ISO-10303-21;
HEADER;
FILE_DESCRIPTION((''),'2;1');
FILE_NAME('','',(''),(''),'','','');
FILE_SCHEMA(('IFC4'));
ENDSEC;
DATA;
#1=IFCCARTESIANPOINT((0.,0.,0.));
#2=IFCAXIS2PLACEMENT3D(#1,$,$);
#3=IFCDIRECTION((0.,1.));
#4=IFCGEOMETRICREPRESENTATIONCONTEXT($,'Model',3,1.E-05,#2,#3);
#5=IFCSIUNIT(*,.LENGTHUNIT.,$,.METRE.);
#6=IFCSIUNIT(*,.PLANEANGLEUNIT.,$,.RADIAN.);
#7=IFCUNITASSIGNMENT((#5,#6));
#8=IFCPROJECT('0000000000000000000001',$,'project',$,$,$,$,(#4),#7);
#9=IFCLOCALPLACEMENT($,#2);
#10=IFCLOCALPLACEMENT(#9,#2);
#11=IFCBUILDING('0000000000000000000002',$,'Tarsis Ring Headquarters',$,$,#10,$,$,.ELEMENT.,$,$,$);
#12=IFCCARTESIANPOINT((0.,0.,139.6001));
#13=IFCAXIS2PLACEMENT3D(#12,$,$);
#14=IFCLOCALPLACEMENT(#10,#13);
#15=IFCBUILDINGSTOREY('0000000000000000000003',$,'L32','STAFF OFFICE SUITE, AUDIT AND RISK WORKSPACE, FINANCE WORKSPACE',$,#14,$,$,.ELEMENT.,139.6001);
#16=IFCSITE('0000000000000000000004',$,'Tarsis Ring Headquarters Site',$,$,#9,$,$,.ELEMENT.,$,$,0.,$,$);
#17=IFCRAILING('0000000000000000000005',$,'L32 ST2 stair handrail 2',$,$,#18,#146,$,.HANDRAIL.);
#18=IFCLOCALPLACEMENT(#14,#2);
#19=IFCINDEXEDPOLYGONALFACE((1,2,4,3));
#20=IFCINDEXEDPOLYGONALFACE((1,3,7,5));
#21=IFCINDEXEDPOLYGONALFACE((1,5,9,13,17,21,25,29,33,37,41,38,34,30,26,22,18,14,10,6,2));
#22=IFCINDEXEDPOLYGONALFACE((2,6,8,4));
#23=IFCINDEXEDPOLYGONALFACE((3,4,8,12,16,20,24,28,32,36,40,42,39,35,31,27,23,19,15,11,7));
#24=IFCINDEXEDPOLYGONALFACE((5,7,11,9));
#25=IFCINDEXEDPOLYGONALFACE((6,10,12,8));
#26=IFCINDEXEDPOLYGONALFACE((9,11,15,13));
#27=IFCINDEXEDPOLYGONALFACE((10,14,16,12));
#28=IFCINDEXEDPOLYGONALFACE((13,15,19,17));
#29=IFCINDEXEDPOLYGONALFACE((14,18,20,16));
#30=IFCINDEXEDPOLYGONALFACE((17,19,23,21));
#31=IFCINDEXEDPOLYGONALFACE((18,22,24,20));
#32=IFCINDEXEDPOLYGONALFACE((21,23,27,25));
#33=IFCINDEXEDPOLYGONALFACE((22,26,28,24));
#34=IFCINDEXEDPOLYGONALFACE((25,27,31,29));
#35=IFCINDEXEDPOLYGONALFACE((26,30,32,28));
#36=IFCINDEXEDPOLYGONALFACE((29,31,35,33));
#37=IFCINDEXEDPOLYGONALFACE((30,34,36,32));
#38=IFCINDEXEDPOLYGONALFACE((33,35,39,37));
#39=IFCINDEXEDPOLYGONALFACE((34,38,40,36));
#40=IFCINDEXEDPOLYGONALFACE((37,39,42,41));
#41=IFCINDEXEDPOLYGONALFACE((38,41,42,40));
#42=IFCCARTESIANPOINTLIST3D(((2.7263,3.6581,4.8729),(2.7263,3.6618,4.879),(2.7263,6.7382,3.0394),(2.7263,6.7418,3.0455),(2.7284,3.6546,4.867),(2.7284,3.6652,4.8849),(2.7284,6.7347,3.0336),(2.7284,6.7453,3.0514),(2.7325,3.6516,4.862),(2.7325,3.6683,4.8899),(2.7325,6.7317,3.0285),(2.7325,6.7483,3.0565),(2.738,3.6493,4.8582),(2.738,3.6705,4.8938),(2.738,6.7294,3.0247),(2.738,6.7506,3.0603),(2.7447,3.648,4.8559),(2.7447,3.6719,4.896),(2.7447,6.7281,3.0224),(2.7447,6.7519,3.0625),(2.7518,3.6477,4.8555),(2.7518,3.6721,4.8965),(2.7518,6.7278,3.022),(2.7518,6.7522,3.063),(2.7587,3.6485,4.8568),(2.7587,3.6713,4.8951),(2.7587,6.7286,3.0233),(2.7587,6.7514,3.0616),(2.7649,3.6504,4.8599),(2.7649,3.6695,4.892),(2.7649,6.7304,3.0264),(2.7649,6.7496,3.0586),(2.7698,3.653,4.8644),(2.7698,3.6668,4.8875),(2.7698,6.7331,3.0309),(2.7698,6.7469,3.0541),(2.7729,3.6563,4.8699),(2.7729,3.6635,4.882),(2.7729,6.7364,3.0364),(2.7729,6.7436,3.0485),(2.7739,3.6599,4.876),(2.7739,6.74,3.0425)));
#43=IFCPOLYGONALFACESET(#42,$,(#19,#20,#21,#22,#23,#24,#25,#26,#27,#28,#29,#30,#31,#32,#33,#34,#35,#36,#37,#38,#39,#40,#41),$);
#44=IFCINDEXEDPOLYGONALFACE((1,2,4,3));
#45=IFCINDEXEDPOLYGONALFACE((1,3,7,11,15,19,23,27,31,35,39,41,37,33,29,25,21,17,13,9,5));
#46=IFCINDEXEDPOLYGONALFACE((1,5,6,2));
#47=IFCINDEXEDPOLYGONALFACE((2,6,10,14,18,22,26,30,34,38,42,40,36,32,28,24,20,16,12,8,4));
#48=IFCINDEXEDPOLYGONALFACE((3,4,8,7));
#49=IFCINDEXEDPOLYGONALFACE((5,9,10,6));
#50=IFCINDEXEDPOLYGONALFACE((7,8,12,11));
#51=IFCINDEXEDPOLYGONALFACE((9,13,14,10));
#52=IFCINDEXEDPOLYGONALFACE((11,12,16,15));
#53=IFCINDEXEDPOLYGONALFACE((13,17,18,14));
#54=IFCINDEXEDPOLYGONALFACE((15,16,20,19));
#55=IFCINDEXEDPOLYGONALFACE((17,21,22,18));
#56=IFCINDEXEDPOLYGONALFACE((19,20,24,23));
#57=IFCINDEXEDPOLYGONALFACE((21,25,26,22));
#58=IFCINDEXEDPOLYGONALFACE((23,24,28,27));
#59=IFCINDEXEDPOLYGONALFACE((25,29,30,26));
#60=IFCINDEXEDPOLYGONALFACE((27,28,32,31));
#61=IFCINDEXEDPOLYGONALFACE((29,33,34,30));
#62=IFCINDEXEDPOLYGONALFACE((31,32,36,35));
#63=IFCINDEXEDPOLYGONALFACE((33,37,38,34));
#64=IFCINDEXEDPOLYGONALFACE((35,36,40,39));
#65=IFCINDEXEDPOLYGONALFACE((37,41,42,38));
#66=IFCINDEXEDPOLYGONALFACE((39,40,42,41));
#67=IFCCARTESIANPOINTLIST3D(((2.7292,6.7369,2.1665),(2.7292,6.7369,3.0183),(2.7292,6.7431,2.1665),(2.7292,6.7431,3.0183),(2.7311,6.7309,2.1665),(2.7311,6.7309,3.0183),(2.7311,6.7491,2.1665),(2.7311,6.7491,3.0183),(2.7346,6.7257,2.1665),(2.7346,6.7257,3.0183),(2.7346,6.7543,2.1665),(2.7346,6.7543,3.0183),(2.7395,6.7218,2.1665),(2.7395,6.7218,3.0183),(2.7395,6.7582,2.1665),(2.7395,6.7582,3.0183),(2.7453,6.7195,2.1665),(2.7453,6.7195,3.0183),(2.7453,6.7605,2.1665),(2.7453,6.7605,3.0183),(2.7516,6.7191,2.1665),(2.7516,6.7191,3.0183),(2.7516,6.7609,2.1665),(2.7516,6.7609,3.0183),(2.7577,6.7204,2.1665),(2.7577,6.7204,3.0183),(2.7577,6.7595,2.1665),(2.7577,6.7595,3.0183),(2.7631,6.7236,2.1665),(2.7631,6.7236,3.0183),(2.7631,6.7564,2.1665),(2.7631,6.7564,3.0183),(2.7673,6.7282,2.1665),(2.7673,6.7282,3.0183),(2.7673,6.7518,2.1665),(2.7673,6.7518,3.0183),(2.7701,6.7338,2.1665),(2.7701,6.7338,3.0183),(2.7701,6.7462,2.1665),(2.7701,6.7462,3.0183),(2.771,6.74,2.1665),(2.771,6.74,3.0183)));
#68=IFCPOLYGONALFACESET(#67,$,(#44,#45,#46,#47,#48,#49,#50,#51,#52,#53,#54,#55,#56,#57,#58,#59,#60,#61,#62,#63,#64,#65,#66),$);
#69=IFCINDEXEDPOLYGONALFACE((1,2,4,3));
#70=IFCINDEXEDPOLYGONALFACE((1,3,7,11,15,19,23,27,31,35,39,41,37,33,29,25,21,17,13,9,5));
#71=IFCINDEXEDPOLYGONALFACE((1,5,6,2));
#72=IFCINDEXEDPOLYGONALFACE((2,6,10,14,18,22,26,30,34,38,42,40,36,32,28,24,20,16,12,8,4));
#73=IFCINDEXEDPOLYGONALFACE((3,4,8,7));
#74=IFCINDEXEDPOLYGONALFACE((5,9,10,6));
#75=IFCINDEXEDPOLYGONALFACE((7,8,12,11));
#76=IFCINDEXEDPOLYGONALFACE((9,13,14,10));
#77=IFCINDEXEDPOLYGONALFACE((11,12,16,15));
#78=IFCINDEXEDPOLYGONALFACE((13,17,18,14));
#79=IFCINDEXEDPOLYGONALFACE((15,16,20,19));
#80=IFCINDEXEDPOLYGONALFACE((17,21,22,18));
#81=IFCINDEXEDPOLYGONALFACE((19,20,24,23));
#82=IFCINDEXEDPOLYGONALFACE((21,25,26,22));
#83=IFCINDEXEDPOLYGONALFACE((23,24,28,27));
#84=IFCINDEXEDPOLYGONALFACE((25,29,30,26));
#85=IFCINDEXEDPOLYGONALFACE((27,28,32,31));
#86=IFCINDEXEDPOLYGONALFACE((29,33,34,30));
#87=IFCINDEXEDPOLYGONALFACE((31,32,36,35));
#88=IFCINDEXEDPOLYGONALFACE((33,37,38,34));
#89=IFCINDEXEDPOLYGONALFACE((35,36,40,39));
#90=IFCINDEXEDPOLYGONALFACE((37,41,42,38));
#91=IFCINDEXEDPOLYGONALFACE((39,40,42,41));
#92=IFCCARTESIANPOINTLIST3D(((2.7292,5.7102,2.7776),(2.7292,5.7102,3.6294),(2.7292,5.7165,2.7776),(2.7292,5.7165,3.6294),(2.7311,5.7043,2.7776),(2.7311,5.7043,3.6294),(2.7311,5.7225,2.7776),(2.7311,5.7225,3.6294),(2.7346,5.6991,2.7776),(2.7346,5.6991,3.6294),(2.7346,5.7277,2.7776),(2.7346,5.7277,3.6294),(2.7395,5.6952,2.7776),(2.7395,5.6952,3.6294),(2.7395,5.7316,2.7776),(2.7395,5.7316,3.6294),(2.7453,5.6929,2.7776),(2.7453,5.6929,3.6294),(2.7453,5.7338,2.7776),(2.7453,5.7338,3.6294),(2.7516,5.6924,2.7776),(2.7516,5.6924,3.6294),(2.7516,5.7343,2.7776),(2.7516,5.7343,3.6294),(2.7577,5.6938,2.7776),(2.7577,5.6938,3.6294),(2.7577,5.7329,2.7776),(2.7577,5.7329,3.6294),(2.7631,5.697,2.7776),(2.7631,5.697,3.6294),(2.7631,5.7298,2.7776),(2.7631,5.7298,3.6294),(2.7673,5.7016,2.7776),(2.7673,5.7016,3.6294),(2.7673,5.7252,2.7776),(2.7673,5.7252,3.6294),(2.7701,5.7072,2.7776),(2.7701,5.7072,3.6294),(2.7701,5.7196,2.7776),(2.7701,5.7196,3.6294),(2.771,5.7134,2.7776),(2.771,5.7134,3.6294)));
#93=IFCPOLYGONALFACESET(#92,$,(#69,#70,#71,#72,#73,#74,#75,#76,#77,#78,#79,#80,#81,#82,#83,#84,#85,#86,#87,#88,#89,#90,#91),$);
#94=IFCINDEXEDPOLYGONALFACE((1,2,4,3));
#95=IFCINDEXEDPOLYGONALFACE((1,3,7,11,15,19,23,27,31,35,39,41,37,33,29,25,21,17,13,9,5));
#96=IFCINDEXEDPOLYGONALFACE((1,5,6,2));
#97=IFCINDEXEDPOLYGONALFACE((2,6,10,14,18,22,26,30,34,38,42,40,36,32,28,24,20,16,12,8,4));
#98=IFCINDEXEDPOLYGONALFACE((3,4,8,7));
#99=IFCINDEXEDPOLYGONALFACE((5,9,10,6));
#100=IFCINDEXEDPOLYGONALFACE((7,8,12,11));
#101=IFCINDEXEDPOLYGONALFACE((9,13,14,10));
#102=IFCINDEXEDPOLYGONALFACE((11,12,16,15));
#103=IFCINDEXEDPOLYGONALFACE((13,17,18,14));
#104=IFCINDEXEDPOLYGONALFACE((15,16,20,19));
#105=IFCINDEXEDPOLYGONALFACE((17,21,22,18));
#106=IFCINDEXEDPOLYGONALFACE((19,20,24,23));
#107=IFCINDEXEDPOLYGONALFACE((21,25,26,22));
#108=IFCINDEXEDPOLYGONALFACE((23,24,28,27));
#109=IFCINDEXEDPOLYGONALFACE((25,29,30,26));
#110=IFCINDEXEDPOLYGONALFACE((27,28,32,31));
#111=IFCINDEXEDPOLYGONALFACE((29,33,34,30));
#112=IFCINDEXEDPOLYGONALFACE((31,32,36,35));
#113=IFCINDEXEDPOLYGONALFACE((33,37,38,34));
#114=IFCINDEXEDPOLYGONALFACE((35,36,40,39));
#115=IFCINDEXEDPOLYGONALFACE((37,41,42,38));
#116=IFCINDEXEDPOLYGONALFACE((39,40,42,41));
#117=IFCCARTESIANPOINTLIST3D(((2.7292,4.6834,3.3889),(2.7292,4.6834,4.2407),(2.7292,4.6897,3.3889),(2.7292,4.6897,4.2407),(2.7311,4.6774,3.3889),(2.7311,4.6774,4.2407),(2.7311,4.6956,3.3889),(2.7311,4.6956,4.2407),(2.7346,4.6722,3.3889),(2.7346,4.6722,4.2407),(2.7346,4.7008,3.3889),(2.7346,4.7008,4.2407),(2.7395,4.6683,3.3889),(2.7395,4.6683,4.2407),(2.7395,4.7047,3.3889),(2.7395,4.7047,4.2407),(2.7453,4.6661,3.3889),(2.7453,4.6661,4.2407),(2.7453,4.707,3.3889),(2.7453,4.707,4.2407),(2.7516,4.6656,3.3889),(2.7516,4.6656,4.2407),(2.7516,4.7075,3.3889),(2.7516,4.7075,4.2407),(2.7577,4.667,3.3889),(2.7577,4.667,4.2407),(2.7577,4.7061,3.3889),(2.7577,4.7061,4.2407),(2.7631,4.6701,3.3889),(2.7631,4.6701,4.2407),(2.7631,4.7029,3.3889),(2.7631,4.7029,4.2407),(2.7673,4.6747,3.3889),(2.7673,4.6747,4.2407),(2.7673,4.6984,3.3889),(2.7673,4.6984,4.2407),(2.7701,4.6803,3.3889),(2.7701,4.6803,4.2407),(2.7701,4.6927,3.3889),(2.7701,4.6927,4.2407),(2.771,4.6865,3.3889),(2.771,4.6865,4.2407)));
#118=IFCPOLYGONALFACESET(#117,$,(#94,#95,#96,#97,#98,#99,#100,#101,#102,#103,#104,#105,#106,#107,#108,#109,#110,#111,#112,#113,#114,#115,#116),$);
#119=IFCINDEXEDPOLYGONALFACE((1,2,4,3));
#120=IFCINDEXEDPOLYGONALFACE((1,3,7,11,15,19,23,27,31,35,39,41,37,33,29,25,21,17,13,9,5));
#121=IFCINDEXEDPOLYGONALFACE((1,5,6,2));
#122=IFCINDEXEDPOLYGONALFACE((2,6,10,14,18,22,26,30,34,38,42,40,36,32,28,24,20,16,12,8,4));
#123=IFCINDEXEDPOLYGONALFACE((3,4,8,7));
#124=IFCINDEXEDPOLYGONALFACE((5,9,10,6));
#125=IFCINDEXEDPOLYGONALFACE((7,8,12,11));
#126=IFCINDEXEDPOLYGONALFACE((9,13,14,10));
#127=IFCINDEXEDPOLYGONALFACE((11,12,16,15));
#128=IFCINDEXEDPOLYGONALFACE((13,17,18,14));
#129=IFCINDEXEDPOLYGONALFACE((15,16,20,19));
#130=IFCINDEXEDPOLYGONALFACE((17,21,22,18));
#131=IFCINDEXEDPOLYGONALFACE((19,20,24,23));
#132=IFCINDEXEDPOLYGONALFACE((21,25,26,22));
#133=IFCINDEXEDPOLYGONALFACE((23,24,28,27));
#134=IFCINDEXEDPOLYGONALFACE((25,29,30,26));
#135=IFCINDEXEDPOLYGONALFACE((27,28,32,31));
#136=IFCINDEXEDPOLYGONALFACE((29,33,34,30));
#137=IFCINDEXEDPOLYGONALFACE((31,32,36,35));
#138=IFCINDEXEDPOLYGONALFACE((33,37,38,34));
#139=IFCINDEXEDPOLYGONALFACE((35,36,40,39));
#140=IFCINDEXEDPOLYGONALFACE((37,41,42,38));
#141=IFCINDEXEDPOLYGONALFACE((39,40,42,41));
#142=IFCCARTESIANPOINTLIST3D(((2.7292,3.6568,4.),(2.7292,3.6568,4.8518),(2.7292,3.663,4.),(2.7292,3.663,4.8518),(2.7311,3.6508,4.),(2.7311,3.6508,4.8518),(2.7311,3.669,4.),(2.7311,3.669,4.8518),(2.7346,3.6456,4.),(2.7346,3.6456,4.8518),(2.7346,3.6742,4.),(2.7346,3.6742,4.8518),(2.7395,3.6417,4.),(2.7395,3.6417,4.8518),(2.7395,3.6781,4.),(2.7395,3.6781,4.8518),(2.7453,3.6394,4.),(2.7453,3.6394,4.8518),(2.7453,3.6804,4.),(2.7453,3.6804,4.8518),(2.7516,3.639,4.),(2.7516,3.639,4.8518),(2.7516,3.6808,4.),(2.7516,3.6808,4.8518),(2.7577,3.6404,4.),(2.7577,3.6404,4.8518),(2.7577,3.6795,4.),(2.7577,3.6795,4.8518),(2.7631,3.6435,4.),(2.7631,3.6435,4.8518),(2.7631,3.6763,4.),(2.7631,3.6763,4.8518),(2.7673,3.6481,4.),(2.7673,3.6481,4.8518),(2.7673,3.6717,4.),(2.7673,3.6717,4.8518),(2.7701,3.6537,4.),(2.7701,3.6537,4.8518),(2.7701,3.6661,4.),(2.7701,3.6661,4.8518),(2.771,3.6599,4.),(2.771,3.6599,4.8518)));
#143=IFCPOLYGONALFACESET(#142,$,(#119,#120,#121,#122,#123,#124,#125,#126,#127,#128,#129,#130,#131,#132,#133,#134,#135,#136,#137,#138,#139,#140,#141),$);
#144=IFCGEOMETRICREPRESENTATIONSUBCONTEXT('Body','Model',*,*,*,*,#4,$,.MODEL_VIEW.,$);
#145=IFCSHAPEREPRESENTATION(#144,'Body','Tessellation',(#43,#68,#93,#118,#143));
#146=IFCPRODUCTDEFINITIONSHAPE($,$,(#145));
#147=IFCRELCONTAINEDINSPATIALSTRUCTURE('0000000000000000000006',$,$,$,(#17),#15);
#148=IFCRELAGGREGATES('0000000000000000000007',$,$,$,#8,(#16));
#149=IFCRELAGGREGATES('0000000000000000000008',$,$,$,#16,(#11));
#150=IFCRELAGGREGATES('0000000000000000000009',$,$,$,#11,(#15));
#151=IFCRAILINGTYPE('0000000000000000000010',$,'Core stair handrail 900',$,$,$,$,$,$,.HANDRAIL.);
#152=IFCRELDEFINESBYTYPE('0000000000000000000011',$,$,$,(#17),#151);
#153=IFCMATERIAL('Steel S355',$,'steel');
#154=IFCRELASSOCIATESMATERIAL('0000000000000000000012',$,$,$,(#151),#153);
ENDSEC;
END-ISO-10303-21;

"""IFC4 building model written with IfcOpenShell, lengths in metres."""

from ifc_helpers import new_model, si_unit, direction, frame, origin, origin_2d, place, context, subcontext, project, spatial, circle, extrude, material, type_object, element, save


model = new_model("IFC4")

# Units and contexts
model_context = context("Model", 3, precision=1e-05, world=origin(), true_north=direction((0.0, 1.0)))
body_context = subcontext(model_context, "Body", "Model", "MODEL_VIEW")
ifc_project = project(units=[si_unit("LENGTHUNIT", "METRE"), si_unit("PLANEANGLEUNIT", "RADIAN")], contexts=[model_context])

# Site, building, storey
site_placement = place(None, origin())
site = spatial("IfcSite", under=ifc_project, at=site_placement, Name="Tarsis Ring Headquarters Site", CompositionType="ELEMENT", RefElevation=0.0)
building_placement = place(site_placement, origin())
building = spatial("IfcBuilding", under=site, at=building_placement, Name="Tarsis Ring Headquarters", CompositionType="ELEMENT")
storey_placement = place(building_placement, frame((0.0, 0.0, 139.6001)))
storey = spatial("IfcBuildingStorey", under=building, at=storey_placement, Name="L32", Description="STAFF OFFICE SUITE, AUDIT AND RISK WORKSPACE, FINANCE WORKSPACE", CompositionType="ELEMENT", Elevation=139.6001)

# Shared definitions
ifc_material_1 = material(Name="Steel S355", Category="steel")

# Railing
railing_type_1 = type_object("IfcRailingType", Name="Core stair handrail 900", PredefinedType="HANDRAIL", material=ifc_material_1)
railing_1_placement = place(storey_placement, frame((2.75, 6.74, 2.1665)))
element("IfcRailing", 1, at=railing_1_placement, inside=storey, type_object=railing_type_1, Name="L32 ST2 stair handrail 2", PredefinedType="HANDRAIL", context=body_context, shape_type="SweptSolid", body=[
    extrude(circle(Radius=0.0239, at=origin_2d()), frame((0.0, 0.0, 0.876), z_axis=(0.0, -0.859279, 0.511508), x_axis=(1.0, 0.0, 0.0)), (0.0, 0.0, 1.0), 3.5845),
    extrude(circle(Radius=0.021, at=origin_2d()), origin(), (0.0, 0.0, 1.0), 0.8518),
    extrude(circle(Radius=0.021, at=origin_2d()), frame((0.0, -1.0266, 0.6111)), (0.0, 0.0, 1.0), 0.8518),
    extrude(circle(Radius=0.021, at=origin_2d()), frame((0.0, -2.0535, 1.2224)), (0.0, 0.0, 1.0), 0.8518),
    extrude(circle(Radius=0.021, at=origin_2d()), frame((0.0, -3.0801, 1.8335)), (0.0, 0.0, 1.0), 0.8518),
])

save(model, "model.ifc")
